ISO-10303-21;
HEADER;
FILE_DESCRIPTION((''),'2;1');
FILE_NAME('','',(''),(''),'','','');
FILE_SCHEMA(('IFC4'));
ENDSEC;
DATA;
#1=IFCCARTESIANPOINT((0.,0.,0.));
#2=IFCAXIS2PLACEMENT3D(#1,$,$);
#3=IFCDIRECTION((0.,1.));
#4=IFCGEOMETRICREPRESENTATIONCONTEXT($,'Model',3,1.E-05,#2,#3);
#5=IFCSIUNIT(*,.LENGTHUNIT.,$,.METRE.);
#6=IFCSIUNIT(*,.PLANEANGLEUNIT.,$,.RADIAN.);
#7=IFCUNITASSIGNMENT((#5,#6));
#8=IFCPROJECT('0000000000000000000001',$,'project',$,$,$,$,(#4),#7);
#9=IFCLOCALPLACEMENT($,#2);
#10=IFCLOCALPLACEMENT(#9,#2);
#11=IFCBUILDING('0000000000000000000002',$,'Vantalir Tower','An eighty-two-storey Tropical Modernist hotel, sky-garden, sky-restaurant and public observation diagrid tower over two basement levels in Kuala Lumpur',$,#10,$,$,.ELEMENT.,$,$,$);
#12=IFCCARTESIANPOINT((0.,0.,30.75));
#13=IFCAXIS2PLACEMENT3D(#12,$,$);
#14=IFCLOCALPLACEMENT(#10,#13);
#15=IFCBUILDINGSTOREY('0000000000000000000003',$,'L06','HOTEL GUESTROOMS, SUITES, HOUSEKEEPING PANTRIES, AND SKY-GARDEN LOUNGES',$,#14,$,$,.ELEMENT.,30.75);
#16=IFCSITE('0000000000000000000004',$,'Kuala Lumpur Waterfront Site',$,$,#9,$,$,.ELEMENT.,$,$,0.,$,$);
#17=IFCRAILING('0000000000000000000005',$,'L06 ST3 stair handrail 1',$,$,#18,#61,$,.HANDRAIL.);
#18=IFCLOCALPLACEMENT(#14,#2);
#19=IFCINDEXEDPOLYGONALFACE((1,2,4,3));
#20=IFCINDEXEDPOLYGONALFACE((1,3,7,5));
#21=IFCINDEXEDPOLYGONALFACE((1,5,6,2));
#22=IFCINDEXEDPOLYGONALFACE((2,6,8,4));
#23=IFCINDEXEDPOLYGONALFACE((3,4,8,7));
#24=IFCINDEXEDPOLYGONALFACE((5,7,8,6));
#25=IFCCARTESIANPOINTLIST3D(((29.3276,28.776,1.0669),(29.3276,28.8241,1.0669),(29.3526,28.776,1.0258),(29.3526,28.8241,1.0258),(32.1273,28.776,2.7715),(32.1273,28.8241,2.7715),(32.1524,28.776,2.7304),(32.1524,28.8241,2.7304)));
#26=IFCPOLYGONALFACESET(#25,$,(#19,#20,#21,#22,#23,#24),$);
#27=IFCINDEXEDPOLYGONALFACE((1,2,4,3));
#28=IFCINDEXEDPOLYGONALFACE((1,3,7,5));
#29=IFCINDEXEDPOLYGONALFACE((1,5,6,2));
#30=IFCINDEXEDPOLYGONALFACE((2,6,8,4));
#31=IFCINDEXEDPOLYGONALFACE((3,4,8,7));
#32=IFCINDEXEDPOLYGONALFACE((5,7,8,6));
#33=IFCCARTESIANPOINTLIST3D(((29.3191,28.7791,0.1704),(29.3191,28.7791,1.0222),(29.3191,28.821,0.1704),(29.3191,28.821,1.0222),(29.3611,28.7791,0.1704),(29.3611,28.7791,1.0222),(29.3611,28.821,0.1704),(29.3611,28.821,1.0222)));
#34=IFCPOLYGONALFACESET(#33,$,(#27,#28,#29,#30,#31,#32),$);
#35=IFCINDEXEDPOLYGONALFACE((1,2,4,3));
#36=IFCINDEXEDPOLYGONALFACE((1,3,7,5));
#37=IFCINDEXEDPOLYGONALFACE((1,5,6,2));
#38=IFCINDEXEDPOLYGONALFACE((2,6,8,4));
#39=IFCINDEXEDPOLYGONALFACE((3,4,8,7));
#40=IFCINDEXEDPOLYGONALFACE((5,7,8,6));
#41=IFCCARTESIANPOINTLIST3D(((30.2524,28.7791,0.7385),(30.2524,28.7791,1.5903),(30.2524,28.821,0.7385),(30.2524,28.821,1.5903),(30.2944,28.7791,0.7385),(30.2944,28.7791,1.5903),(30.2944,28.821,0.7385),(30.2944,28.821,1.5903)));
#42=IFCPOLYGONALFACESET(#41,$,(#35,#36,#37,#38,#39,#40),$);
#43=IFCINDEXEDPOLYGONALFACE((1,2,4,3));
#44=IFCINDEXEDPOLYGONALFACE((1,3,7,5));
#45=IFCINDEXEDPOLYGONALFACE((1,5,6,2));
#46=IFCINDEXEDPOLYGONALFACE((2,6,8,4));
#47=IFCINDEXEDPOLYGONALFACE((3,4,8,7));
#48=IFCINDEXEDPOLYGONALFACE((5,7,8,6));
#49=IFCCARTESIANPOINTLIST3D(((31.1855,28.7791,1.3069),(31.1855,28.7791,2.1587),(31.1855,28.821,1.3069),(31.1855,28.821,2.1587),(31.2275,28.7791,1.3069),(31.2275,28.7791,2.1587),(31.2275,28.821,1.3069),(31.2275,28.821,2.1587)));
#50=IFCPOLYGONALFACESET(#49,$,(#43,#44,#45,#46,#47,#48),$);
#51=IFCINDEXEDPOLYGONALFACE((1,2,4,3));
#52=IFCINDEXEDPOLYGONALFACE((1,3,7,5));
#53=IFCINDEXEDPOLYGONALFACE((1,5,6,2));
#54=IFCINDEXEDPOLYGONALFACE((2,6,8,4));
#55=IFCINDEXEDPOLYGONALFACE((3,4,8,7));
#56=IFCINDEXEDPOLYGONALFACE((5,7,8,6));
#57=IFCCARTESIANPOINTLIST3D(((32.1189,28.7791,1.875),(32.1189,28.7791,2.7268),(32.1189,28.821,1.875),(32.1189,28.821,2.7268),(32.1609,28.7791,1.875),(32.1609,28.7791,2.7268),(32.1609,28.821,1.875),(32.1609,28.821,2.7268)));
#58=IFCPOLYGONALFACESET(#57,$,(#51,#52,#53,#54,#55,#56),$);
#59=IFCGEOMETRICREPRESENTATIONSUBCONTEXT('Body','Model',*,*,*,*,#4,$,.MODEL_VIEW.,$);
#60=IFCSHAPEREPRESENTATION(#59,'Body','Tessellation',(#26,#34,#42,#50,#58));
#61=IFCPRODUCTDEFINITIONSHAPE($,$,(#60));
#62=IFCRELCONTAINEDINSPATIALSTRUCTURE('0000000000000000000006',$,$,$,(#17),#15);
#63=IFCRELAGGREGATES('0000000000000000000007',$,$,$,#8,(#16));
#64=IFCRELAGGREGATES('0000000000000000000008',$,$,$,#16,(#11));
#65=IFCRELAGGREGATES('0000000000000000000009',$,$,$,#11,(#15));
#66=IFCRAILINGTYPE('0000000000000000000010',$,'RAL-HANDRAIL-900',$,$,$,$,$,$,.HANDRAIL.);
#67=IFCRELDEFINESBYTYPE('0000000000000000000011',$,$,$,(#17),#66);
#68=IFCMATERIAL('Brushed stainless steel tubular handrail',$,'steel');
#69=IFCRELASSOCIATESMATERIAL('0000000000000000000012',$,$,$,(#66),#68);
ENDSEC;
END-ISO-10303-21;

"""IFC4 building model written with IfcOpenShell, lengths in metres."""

from ifc_helpers import new_model, si_unit, direction, frame, origin, origin_2d, place, context, subcontext, project, spatial, rectangle, extrude, material, type_object, element, save


model = new_model("IFC4")

# Units and contexts
model_context = context("Model", 3, precision=1e-05, world=origin(), true_north=direction((0.0, 1.0)))
body_context = subcontext(model_context, "Body", "Model", "MODEL_VIEW")
ifc_project = project(units=[si_unit("LENGTHUNIT", "METRE"), si_unit("PLANEANGLEUNIT", "RADIAN")], contexts=[model_context])

# Site, building, storey
site_placement = place(None, origin())
site = spatial("IfcSite", under=ifc_project, at=site_placement, Name="Kuala Lumpur Waterfront Site", CompositionType="ELEMENT", RefElevation=0.0)
building_placement = place(site_placement, origin())
building = spatial("IfcBuilding", under=site, at=building_placement, Name="Vantalir Tower", Description="An eighty-two-storey Tropical Modernist hotel, sky-garden, sky-restaurant and public observation diagrid tower over two basement levels in Kuala Lumpur", CompositionType="ELEMENT")
storey_placement = place(building_placement, frame((0.0, 0.0, 30.75)))
storey = spatial("IfcBuildingStorey", under=building, at=storey_placement, Name="L06", Description="HOTEL GUESTROOMS, SUITES, HOUSEKEEPING PANTRIES, AND SKY-GARDEN LOUNGES", CompositionType="ELEMENT", Elevation=30.75)

# Railing
ifc_material_1 = material(Name="Brushed stainless steel tubular handrail", Category="steel")
railing_type_1 = type_object("IfcRailingType", Name="RAL-HANDRAIL-900", PredefinedType="HANDRAIL", material=ifc_material_1)
railing_1_placement = place(storey_placement, frame((29.3401, 28.8, 0.1704)))
element("IfcRailing", 1, at=railing_1_placement, inside=storey, type_object=railing_type_1, Name="L06 ST3 stair handrail 1", PredefinedType="HANDRAIL", context=body_context, shape_type="SweptSolid", body=[
    extrude(rectangle(XDim=0.0481, YDim=0.0481, at=origin_2d()), frame((0.0, 0.0, 0.876), z_axis=(0.85415, 0.0, 0.520027), x_axis=(0.0, 1.0, 0.0)), (0.0, 0.0, 1.0), 3.2778),
    extrude(rectangle(XDim=0.042, YDim=0.042, at=origin_2d()), origin(), (0.0, 0.0, 1.0), 0.8518),
    extrude(rectangle(XDim=0.042, YDim=0.042, at=origin_2d()), frame((0.9333, 0.0, 0.5681)), (0.0, 0.0, 1.0), 0.8518),
    extrude(rectangle(XDim=0.042, YDim=0.042, at=origin_2d()), frame((1.8665, 0.0, 1.1365)), (0.0, 0.0, 1.0), 0.8518),
    extrude(rectangle(XDim=0.042, YDim=0.042, at=origin_2d()), frame((2.7998, 0.0, 1.7046)), (0.0, 0.0, 1.0), 0.8518),
])

save(model, "model.ifc")
